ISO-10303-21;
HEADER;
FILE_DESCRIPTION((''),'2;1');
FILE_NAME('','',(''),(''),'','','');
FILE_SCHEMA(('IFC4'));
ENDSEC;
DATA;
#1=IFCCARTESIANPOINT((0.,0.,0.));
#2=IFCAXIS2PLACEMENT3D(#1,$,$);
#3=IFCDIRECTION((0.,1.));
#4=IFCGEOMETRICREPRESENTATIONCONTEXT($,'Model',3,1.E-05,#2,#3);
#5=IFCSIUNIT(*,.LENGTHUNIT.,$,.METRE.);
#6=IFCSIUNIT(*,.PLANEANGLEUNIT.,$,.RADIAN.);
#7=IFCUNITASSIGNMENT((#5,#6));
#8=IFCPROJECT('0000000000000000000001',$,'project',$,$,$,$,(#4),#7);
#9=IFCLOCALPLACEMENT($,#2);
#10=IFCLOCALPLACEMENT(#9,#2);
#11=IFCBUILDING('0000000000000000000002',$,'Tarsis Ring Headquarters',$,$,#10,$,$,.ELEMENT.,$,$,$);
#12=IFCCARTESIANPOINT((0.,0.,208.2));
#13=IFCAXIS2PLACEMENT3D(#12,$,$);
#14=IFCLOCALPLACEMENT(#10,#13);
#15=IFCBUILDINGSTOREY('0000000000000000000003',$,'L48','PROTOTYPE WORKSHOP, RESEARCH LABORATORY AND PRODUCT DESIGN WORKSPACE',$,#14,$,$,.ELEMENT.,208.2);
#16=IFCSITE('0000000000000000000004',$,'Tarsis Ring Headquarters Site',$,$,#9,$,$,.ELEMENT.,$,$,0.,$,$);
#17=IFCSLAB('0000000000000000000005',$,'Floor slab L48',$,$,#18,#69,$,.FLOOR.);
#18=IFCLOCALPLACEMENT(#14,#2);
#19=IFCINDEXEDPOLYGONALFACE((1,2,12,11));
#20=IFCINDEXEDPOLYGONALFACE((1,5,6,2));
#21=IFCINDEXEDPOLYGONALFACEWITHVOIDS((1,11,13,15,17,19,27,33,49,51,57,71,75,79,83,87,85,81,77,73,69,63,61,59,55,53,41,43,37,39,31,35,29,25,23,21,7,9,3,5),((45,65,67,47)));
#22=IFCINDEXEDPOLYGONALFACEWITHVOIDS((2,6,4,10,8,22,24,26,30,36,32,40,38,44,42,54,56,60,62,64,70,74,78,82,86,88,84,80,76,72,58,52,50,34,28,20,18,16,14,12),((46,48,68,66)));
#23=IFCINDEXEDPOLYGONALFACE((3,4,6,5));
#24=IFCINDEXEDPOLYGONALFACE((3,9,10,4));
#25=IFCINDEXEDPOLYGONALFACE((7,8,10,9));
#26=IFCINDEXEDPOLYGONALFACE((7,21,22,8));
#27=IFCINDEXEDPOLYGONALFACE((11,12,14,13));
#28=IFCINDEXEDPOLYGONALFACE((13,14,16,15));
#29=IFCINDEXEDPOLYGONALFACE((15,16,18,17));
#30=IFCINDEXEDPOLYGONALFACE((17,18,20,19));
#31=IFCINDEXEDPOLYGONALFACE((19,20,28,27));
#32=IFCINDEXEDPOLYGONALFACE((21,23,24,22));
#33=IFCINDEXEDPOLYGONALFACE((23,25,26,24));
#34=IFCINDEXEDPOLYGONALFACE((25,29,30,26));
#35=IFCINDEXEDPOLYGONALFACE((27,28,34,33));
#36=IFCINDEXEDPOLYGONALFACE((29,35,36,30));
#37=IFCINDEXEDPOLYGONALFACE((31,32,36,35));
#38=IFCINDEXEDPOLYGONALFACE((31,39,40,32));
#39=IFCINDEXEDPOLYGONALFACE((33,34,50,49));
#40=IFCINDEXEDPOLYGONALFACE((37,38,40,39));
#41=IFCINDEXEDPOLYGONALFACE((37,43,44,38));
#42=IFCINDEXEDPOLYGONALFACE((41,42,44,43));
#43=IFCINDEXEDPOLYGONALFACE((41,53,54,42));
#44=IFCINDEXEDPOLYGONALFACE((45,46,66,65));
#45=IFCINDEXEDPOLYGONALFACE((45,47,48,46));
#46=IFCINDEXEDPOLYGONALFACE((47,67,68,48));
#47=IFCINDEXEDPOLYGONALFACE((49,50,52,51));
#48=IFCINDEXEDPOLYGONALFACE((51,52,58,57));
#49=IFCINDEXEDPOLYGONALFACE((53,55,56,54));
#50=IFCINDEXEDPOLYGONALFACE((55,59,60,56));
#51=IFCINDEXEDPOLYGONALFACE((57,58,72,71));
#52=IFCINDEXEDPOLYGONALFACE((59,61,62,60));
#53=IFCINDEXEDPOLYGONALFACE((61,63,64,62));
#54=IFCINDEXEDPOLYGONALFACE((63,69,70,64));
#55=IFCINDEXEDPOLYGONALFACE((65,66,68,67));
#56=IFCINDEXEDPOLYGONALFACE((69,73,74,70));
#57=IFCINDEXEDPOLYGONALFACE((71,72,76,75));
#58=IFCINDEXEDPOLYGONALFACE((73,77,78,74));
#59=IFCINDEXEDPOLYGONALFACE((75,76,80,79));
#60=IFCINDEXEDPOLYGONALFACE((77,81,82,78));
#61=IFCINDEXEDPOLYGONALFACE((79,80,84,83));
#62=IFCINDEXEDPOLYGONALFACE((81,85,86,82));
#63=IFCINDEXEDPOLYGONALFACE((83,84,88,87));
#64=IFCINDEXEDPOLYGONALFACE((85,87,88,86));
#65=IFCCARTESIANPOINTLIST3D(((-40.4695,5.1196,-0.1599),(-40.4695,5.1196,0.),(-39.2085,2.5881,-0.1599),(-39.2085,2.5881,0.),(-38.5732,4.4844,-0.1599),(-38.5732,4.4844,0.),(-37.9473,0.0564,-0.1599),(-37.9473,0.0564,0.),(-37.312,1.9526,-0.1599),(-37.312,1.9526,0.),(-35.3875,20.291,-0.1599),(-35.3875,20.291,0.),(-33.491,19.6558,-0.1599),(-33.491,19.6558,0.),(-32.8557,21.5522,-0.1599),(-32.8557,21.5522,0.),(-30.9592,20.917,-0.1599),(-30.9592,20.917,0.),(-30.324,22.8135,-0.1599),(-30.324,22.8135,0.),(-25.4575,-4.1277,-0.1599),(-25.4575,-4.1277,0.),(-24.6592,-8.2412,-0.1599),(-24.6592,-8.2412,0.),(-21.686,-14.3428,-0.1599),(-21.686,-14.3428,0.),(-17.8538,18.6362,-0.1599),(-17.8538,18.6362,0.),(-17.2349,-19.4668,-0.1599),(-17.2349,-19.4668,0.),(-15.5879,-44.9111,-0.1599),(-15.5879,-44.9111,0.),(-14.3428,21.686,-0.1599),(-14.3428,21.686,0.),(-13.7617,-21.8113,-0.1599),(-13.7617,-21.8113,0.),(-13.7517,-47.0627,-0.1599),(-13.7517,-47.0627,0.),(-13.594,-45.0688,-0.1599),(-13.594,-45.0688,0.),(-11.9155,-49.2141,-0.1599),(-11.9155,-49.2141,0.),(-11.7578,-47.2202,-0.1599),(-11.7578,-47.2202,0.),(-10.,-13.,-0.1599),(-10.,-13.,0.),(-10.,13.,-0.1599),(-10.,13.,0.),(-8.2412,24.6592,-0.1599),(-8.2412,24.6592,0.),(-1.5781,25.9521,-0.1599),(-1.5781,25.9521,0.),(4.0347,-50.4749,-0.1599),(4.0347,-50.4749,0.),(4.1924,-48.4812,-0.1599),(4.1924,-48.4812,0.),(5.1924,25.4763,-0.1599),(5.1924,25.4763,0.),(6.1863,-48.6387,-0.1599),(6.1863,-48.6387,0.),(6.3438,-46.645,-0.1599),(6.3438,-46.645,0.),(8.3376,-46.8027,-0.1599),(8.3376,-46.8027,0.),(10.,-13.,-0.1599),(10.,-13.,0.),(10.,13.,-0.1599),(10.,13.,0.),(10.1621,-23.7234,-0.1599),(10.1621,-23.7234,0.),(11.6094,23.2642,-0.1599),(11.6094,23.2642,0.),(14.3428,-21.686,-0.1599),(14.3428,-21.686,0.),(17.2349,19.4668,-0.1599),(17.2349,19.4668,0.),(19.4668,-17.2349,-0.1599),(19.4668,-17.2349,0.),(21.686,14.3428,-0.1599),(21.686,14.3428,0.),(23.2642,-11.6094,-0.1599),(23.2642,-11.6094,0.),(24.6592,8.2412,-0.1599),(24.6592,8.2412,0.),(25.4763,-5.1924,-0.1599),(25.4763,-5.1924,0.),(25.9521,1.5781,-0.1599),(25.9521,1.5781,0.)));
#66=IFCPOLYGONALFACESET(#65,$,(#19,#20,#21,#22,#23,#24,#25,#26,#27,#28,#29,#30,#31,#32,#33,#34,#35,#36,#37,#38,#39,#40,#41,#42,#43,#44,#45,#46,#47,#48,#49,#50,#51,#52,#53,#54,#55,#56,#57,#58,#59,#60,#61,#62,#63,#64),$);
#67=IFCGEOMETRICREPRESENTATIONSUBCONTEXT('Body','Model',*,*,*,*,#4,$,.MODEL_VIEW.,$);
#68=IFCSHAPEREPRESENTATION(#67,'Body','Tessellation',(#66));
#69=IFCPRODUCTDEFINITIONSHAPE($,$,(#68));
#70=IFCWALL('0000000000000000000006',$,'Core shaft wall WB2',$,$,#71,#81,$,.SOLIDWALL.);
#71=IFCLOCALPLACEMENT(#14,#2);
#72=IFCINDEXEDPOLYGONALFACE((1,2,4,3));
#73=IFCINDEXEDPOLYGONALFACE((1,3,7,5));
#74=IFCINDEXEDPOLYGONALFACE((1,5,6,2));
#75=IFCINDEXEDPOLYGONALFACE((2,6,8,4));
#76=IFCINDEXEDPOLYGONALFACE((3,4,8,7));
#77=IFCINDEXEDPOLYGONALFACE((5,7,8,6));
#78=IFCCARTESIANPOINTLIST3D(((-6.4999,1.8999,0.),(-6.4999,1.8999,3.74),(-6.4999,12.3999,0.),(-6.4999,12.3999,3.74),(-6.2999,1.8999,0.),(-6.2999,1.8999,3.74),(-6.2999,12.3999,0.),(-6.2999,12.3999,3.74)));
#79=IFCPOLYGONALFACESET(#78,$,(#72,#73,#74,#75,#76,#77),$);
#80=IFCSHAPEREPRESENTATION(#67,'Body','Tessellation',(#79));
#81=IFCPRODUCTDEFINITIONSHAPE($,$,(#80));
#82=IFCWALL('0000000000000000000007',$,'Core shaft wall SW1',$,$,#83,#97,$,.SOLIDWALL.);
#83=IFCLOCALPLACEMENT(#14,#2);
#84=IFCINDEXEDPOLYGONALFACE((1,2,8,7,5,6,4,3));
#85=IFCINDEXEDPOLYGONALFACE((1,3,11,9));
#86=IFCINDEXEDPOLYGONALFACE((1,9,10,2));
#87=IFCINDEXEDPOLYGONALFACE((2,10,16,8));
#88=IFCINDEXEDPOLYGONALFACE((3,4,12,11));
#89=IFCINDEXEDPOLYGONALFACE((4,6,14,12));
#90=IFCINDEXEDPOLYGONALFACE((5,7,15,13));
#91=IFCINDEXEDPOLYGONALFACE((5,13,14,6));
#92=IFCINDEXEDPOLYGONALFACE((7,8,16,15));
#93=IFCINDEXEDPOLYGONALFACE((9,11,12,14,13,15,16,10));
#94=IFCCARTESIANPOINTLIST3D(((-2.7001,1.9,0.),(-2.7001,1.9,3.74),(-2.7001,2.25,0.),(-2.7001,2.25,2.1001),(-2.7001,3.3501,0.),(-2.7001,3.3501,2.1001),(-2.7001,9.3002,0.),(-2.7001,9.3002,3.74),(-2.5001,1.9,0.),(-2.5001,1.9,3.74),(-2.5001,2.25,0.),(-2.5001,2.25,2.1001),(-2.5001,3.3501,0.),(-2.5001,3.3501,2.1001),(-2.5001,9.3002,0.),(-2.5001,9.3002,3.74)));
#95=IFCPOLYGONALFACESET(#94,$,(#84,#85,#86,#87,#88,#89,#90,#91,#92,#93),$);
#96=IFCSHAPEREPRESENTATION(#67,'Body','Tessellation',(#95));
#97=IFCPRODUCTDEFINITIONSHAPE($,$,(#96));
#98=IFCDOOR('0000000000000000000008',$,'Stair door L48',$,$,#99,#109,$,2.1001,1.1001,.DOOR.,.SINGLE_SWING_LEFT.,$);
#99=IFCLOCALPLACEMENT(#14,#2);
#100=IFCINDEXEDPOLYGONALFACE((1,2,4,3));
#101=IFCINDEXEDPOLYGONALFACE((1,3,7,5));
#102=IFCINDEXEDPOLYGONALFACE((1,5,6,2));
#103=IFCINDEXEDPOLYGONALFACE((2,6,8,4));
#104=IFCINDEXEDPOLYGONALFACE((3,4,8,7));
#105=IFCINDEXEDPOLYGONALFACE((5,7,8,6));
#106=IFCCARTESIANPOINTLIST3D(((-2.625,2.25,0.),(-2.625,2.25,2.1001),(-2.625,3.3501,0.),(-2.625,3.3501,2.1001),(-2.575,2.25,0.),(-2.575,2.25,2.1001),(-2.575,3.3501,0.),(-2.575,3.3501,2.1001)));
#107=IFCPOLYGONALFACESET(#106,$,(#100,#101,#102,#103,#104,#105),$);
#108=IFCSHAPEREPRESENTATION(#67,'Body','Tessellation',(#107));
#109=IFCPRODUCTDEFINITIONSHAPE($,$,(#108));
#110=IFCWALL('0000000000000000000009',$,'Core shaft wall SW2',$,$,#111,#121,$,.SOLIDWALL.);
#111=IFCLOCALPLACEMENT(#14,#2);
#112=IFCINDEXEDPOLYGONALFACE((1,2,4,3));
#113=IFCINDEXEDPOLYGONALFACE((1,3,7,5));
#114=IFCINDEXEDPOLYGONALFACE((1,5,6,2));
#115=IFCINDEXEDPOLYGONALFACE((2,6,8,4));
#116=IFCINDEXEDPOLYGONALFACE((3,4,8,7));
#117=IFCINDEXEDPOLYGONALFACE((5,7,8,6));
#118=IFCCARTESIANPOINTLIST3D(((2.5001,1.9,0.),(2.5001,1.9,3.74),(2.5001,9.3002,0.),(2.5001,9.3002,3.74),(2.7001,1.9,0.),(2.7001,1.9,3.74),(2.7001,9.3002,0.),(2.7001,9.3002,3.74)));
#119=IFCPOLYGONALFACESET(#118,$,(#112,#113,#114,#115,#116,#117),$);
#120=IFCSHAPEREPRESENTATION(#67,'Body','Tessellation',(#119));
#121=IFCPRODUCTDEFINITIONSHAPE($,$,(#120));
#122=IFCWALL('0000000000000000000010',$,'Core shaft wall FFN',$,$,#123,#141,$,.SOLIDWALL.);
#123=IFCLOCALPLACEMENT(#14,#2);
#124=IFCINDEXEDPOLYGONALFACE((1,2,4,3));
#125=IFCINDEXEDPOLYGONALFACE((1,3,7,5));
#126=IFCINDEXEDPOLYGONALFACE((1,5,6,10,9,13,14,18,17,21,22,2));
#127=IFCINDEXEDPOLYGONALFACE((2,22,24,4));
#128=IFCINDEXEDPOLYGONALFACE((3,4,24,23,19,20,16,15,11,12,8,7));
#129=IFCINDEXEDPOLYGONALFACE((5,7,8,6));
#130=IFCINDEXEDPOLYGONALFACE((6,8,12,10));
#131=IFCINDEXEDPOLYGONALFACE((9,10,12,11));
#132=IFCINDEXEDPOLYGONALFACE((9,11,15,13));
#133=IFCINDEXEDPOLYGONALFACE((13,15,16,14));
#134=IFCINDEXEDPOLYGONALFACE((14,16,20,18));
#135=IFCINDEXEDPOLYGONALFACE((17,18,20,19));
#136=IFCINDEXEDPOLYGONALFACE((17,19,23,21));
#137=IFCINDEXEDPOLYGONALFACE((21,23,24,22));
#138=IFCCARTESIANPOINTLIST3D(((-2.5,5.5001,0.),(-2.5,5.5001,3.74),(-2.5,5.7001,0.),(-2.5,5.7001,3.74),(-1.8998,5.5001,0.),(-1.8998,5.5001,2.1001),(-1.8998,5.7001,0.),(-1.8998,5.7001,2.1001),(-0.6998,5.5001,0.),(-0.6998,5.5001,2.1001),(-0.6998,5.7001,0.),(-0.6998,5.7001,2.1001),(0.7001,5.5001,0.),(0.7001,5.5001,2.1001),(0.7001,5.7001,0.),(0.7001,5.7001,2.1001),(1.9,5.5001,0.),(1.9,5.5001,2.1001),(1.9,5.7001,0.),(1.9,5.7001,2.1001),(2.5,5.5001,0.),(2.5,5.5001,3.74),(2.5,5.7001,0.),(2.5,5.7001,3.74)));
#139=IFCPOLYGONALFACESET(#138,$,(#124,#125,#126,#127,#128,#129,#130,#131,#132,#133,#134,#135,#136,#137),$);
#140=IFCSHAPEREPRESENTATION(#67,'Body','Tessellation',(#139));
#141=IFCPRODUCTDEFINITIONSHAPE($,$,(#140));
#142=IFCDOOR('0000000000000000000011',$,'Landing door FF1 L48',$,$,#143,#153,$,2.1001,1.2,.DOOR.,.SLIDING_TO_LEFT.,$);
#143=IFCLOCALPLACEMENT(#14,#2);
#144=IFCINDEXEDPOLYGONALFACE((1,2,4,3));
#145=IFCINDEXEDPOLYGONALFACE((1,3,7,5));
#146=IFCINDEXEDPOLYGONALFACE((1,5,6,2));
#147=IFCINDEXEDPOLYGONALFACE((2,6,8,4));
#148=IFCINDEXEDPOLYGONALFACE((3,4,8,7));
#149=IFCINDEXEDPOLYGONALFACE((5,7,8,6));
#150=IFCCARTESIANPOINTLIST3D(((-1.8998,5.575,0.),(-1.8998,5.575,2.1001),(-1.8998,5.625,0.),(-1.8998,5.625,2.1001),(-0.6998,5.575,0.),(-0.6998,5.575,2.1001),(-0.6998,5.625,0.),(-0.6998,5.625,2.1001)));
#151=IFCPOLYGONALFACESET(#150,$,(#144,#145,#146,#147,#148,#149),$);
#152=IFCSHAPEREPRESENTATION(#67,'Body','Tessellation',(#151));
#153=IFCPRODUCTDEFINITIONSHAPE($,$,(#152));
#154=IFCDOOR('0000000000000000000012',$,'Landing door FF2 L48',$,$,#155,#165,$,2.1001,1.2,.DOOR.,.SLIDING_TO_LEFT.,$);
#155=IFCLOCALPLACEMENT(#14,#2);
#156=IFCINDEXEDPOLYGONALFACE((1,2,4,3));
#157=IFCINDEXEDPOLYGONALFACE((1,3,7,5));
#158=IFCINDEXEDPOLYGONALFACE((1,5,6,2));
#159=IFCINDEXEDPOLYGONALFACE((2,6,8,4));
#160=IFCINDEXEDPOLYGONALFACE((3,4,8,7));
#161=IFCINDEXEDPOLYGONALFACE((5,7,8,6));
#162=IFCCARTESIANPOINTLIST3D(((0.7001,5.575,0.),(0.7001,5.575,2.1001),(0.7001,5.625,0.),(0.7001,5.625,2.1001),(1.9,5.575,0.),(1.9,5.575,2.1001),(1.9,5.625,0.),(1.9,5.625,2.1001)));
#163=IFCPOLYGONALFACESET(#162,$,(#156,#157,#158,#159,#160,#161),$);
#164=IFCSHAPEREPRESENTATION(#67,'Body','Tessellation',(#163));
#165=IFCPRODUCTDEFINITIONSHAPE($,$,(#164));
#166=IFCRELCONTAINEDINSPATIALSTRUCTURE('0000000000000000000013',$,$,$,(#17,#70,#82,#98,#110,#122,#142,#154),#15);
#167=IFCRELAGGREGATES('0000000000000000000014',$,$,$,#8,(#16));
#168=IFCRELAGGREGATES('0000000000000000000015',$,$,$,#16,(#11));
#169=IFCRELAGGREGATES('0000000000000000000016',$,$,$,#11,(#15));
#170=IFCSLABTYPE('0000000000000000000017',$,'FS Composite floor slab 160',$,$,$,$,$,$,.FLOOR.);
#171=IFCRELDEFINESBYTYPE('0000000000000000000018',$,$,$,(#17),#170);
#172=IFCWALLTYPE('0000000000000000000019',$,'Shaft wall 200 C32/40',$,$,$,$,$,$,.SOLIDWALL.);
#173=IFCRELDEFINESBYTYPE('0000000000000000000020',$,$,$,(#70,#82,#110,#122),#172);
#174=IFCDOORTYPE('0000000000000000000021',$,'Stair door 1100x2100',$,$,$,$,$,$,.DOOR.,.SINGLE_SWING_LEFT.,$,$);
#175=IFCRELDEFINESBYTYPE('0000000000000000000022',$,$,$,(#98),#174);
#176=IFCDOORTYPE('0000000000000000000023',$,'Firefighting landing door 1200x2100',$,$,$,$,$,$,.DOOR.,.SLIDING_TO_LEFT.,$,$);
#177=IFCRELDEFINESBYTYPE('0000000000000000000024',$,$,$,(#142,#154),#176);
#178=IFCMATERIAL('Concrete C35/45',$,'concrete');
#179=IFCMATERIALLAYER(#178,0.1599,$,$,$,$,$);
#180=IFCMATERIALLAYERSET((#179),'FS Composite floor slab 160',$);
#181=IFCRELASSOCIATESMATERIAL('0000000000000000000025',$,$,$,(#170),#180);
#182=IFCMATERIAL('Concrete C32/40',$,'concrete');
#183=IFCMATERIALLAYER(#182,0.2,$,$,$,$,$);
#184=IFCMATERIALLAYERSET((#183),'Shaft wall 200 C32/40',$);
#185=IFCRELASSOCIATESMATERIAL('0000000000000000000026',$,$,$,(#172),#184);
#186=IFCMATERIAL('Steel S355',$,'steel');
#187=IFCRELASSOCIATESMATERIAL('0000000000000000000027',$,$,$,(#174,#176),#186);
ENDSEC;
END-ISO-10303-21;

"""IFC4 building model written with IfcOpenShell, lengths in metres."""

from ifc_helpers import new_model, si_unit, direction, frame, frame_2d, origin, place, context, subcontext, project, spatial, polyline, rectangle, outline, extrude, material, layer, layer_set, type_object, element, fill, save


model = new_model("IFC4")

# Units and contexts
model_context = context("Model", 3, precision=1e-05, world=origin(), true_north=direction((0.0, 1.0)))
body_context = subcontext(model_context, "Body", "Model", "MODEL_VIEW")
ifc_project = project(units=[si_unit("LENGTHUNIT", "METRE"), si_unit("PLANEANGLEUNIT", "RADIAN")], contexts=[model_context])

# Site, building, storey
site_placement = place(None, origin())
site = spatial("IfcSite", under=ifc_project, at=site_placement, Name="Tarsis Ring Headquarters Site", CompositionType="ELEMENT", RefElevation=0.0)
building_placement = place(site_placement, origin())
building = spatial("IfcBuilding", under=site, at=building_placement, Name="Tarsis Ring Headquarters", CompositionType="ELEMENT")
storey_placement = place(building_placement, frame((0.0, 0.0, 208.2)))
storey = spatial("IfcBuildingStorey", under=building, at=storey_placement, Name="L48", Description="PROTOTYPE WORKSHOP, RESEARCH LABORATORY AND PRODUCT DESIGN WORKSPACE", CompositionType="ELEMENT", Elevation=208.2)

# Slab
ifc_material_1 = material(Name="Concrete C35/45", Category="concrete")
ifc_layer_1 = layer(ifc_material_1, 0.1599)
ifc_layer_set_1 = layer_set([ifc_layer_1], Name="FS Composite floor slab 160")
slab_type_1 = type_object("IfcSlabType", Name="FS Composite floor slab 160", PredefinedType="FLOOR", material=ifc_layer_set_1)
slab_1_placement = place(storey_placement, frame((0.0, 0.0, -0.1599)))
element("IfcSlab", 1, at=slab_1_placement, inside=storey, type_object=slab_type_1, Name="Floor slab L48", PredefinedType="FLOOR", context=body_context, shape_type="SweptSolid", body=[
    extrude(outline(polyline([(-25.4575, -4.1277), (-24.6592, -8.2412), (-21.686, -14.3428), (-17.2349, -19.4668), (-13.7617, -21.8113), (-15.5879, -44.9111), (-13.594, -45.0688), (-13.7517, -47.0627), (-11.7578, -47.2202), (-11.9155, -49.2141), (4.0347, -50.4749), (4.1924, -48.4812), (6.1863, -48.6387), (6.3438, -46.645), (8.3376, -46.8027), (10.1621, -23.7234), (14.3428, -21.686), (19.4668, -17.2349), (23.2642, -11.6094), (25.4763, -5.1924), (25.9521, 1.5781), (24.6592, 8.2412), (21.686, 14.3428), (17.2349, 19.4668), (11.6094, 23.2642), (5.1924, 25.4763), (-1.5781, 25.9521), (-8.2412, 24.6592), (-14.3428, 21.686), (-17.8538, 18.6362), (-30.324, 22.8135), (-30.9592, 20.917), (-32.8557, 21.5522), (-33.491, 19.6558), (-35.3875, 20.291), (-40.4695, 5.1196), (-38.5732, 4.4844), (-39.2085, 2.5881), (-37.312, 1.9526), (-37.9473, 0.0564), (-25.4575, -4.1277)]), holes=[polyline([(-10.0, -13.0), (-10.0, 13.0), (10.0, 13.0), (10.0, -13.0), (-10.0, -13.0)])]), origin(), (0.0, 0.0, 1.0), 0.1599),
])

# Wall
ifc_material_2 = material(Name="Concrete C32/40", Category="concrete")
ifc_layer_2 = layer(ifc_material_2, 0.2)
ifc_layer_set_2 = layer_set([ifc_layer_2], Name="Shaft wall 200 C32/40")
wall_type = type_object("IfcWallType", Name="Shaft wall 200 C32/40", PredefinedType="SOLIDWALL", material=ifc_layer_set_2)
wall_1_placement = place(storey_placement, frame((-6.3999, 1.8999, 0.0), z_axis=(0.0, 0.0, 1.0), x_axis=(0.0, 1.0, 0.0)))
element("IfcWall", 2, at=wall_1_placement, inside=storey, type_object=wall_type, Name="Core shaft wall WB2", PredefinedType="SOLIDWALL", context=body_context, shape_type="SweptSolid", body=[
    extrude(rectangle(XDim=10.5, YDim=0.2, at=frame_2d((5.25, 0.0))), origin(), (0.0, 0.0, 1.0), 3.74),
])

# Wall, opening, door
wall_2_placement = place(storey_placement, frame((-2.6001, 1.8999, 0.0), z_axis=(0.0, 0.0, 1.0), x_axis=(0.0, 1.0, 0.0)))
wall_2 = element("IfcWall", 3, at=wall_2_placement, inside=storey, type_object=wall_type, Name="Core shaft wall SW1", PredefinedType="SOLIDWALL", context=body_context, shape_type="SweptSolid", body=[
    extrude(rectangle(XDim=7.4001, YDim=0.2, at=frame_2d((3.7002, 0.0))), origin(), (0.0, 0.0, 1.0), 3.74),
])
opening_1_placement = place(wall_2_placement, frame((0.3501, 0.0, 0.0)))
opening_1 = element("IfcOpeningElement", 4, at=opening_1_placement, cuts=wall_2, PredefinedType="OPENING", context=body_context, shape_type="SweptSolid", body=[
    extrude(rectangle(XDim=1.1001, YDim=2.1001, at=frame_2d((0.55, 1.05))), frame((0.0, 0.1099, 0.0), z_axis=(0.0, -1.0, 0.0), x_axis=(1.0, 0.0, 0.0)), (0.0, 0.0, 1.0), 0.22),
])
ifc_material_3 = material(Name="Steel S355", Category="steel")
door_type_1 = type_object("IfcDoorType", Name="Stair door 1100x2100", OperationType="SINGLE_SWING_LEFT", PredefinedType="DOOR", material=ifc_material_3)
door_1_placement = place(opening_1_placement, origin())
door_1 = element("IfcDoor", 5, at=door_1_placement, inside=storey, type_object=door_type_1, Name="Stair door L48", OperationType="SINGLE_SWING_LEFT", OverallHeight=2.1001, OverallWidth=1.1001, PredefinedType="DOOR", context=body_context, shape_type="SweptSolid", body=[
    extrude(rectangle(XDim=1.1001, YDim=2.1001, at=frame_2d((0.55, 1.05))), frame((0.0, 0.0249, 0.0), z_axis=(0.0, -1.0, 0.0), x_axis=(1.0, 0.0, 0.0)), (0.0, 0.0, 1.0), 0.05),
])
fill(opening_1, door_1)

# Wall
wall_3_placement = place(storey_placement, frame((2.6001, 1.8999, 0.0), z_axis=(0.0, 0.0, 1.0), x_axis=(0.0, 1.0, 0.0)))
element("IfcWall", 6, at=wall_3_placement, inside=storey, type_object=wall_type, Name="Core shaft wall SW2", PredefinedType="SOLIDWALL", context=body_context, shape_type="SweptSolid", body=[
    extrude(rectangle(XDim=7.4001, YDim=0.2, at=frame_2d((3.7002, 0.0))), origin(), (0.0, 0.0, 1.0), 3.74),
])

# Wall, openings, doors
wall_4_placement = place(storey_placement, frame((-2.5, 5.6001, 0.0), z_axis=(0.0, 0.0, 1.0), x_axis=(1.0, 0.0, 0.0)))
wall_4 = element("IfcWall", 7, at=wall_4_placement, inside=storey, type_object=wall_type, Name="Core shaft wall FFN", PredefinedType="SOLIDWALL", context=body_context, shape_type="SweptSolid", body=[
    extrude(rectangle(XDim=5.0, YDim=0.2, at=frame_2d((2.5, 0.0))), origin(), (0.0, 0.0, 1.0), 3.74),
])
opening_2_placement = place(wall_4_placement, frame((0.6001, 0.0, 0.0)))
opening_2 = element("IfcOpeningElement", 8, at=opening_2_placement, cuts=wall_4, PredefinedType="OPENING", context=body_context, shape_type="SweptSolid", body=[
    extrude(rectangle(XDim=1.2, YDim=2.1001, at=frame_2d((0.6001, 1.05))), frame((0.0, 0.1099, 0.0), z_axis=(0.0, -1.0, 0.0), x_axis=(1.0, 0.0, 0.0)), (0.0, 0.0, 1.0), 0.22),
])
opening_3_placement = place(wall_4_placement, frame((3.2, 0.0, 0.0)))
opening_3 = element("IfcOpeningElement", 9, at=opening_3_placement, cuts=wall_4, PredefinedType="OPENING", context=body_context, shape_type="SweptSolid", body=[
    extrude(rectangle(XDim=1.2, YDim=2.1001, at=frame_2d((0.6001, 1.05))), frame((0.0, 0.1099, 0.0), z_axis=(0.0, -1.0, 0.0), x_axis=(1.0, 0.0, 0.0)), (0.0, 0.0, 1.0), 0.22),
])
door_type_2 = type_object("IfcDoorType", Name="Firefighting landing door 1200x2100", OperationType="SLIDING_TO_LEFT", PredefinedType="DOOR", material=ifc_material_3)
door_2_placement = place(opening_2_placement, origin())
door_2 = element("IfcDoor", 10, at=door_2_placement, inside=storey, type_object=door_type_2, Name="Landing door FF1 L48", OperationType="SLIDING_TO_LEFT", OverallHeight=2.1001, OverallWidth=1.2, PredefinedType="DOOR", context=body_context, shape_type="SweptSolid", body=[
    extrude(rectangle(XDim=1.2, YDim=2.1001, at=frame_2d((0.6001, 1.05))), frame((0.0, 0.0249, 0.0), z_axis=(0.0, -1.0, 0.0), x_axis=(1.0, 0.0, 0.0)), (0.0, 0.0, 1.0), 0.05),
])
fill(opening_2, door_2)
door_3_placement = place(opening_3_placement, origin())
door_3 = element("IfcDoor", 11, at=door_3_placement, inside=storey, type_object=door_type_2, Name="Landing door FF2 L48", OperationType="SLIDING_TO_LEFT", OverallHeight=2.1001, OverallWidth=1.2, PredefinedType="DOOR", context=body_context, shape_type="SweptSolid", body=[
    extrude(rectangle(XDim=1.2, YDim=2.1001, at=frame_2d((0.6001, 1.05))), frame((0.0, 0.0249, 0.0), z_axis=(0.0, -1.0, 0.0), x_axis=(1.0, 0.0, 0.0)), (0.0, 0.0, 1.0), 0.05),
])
fill(opening_3, door_3)

save(model, "model.ifc")
